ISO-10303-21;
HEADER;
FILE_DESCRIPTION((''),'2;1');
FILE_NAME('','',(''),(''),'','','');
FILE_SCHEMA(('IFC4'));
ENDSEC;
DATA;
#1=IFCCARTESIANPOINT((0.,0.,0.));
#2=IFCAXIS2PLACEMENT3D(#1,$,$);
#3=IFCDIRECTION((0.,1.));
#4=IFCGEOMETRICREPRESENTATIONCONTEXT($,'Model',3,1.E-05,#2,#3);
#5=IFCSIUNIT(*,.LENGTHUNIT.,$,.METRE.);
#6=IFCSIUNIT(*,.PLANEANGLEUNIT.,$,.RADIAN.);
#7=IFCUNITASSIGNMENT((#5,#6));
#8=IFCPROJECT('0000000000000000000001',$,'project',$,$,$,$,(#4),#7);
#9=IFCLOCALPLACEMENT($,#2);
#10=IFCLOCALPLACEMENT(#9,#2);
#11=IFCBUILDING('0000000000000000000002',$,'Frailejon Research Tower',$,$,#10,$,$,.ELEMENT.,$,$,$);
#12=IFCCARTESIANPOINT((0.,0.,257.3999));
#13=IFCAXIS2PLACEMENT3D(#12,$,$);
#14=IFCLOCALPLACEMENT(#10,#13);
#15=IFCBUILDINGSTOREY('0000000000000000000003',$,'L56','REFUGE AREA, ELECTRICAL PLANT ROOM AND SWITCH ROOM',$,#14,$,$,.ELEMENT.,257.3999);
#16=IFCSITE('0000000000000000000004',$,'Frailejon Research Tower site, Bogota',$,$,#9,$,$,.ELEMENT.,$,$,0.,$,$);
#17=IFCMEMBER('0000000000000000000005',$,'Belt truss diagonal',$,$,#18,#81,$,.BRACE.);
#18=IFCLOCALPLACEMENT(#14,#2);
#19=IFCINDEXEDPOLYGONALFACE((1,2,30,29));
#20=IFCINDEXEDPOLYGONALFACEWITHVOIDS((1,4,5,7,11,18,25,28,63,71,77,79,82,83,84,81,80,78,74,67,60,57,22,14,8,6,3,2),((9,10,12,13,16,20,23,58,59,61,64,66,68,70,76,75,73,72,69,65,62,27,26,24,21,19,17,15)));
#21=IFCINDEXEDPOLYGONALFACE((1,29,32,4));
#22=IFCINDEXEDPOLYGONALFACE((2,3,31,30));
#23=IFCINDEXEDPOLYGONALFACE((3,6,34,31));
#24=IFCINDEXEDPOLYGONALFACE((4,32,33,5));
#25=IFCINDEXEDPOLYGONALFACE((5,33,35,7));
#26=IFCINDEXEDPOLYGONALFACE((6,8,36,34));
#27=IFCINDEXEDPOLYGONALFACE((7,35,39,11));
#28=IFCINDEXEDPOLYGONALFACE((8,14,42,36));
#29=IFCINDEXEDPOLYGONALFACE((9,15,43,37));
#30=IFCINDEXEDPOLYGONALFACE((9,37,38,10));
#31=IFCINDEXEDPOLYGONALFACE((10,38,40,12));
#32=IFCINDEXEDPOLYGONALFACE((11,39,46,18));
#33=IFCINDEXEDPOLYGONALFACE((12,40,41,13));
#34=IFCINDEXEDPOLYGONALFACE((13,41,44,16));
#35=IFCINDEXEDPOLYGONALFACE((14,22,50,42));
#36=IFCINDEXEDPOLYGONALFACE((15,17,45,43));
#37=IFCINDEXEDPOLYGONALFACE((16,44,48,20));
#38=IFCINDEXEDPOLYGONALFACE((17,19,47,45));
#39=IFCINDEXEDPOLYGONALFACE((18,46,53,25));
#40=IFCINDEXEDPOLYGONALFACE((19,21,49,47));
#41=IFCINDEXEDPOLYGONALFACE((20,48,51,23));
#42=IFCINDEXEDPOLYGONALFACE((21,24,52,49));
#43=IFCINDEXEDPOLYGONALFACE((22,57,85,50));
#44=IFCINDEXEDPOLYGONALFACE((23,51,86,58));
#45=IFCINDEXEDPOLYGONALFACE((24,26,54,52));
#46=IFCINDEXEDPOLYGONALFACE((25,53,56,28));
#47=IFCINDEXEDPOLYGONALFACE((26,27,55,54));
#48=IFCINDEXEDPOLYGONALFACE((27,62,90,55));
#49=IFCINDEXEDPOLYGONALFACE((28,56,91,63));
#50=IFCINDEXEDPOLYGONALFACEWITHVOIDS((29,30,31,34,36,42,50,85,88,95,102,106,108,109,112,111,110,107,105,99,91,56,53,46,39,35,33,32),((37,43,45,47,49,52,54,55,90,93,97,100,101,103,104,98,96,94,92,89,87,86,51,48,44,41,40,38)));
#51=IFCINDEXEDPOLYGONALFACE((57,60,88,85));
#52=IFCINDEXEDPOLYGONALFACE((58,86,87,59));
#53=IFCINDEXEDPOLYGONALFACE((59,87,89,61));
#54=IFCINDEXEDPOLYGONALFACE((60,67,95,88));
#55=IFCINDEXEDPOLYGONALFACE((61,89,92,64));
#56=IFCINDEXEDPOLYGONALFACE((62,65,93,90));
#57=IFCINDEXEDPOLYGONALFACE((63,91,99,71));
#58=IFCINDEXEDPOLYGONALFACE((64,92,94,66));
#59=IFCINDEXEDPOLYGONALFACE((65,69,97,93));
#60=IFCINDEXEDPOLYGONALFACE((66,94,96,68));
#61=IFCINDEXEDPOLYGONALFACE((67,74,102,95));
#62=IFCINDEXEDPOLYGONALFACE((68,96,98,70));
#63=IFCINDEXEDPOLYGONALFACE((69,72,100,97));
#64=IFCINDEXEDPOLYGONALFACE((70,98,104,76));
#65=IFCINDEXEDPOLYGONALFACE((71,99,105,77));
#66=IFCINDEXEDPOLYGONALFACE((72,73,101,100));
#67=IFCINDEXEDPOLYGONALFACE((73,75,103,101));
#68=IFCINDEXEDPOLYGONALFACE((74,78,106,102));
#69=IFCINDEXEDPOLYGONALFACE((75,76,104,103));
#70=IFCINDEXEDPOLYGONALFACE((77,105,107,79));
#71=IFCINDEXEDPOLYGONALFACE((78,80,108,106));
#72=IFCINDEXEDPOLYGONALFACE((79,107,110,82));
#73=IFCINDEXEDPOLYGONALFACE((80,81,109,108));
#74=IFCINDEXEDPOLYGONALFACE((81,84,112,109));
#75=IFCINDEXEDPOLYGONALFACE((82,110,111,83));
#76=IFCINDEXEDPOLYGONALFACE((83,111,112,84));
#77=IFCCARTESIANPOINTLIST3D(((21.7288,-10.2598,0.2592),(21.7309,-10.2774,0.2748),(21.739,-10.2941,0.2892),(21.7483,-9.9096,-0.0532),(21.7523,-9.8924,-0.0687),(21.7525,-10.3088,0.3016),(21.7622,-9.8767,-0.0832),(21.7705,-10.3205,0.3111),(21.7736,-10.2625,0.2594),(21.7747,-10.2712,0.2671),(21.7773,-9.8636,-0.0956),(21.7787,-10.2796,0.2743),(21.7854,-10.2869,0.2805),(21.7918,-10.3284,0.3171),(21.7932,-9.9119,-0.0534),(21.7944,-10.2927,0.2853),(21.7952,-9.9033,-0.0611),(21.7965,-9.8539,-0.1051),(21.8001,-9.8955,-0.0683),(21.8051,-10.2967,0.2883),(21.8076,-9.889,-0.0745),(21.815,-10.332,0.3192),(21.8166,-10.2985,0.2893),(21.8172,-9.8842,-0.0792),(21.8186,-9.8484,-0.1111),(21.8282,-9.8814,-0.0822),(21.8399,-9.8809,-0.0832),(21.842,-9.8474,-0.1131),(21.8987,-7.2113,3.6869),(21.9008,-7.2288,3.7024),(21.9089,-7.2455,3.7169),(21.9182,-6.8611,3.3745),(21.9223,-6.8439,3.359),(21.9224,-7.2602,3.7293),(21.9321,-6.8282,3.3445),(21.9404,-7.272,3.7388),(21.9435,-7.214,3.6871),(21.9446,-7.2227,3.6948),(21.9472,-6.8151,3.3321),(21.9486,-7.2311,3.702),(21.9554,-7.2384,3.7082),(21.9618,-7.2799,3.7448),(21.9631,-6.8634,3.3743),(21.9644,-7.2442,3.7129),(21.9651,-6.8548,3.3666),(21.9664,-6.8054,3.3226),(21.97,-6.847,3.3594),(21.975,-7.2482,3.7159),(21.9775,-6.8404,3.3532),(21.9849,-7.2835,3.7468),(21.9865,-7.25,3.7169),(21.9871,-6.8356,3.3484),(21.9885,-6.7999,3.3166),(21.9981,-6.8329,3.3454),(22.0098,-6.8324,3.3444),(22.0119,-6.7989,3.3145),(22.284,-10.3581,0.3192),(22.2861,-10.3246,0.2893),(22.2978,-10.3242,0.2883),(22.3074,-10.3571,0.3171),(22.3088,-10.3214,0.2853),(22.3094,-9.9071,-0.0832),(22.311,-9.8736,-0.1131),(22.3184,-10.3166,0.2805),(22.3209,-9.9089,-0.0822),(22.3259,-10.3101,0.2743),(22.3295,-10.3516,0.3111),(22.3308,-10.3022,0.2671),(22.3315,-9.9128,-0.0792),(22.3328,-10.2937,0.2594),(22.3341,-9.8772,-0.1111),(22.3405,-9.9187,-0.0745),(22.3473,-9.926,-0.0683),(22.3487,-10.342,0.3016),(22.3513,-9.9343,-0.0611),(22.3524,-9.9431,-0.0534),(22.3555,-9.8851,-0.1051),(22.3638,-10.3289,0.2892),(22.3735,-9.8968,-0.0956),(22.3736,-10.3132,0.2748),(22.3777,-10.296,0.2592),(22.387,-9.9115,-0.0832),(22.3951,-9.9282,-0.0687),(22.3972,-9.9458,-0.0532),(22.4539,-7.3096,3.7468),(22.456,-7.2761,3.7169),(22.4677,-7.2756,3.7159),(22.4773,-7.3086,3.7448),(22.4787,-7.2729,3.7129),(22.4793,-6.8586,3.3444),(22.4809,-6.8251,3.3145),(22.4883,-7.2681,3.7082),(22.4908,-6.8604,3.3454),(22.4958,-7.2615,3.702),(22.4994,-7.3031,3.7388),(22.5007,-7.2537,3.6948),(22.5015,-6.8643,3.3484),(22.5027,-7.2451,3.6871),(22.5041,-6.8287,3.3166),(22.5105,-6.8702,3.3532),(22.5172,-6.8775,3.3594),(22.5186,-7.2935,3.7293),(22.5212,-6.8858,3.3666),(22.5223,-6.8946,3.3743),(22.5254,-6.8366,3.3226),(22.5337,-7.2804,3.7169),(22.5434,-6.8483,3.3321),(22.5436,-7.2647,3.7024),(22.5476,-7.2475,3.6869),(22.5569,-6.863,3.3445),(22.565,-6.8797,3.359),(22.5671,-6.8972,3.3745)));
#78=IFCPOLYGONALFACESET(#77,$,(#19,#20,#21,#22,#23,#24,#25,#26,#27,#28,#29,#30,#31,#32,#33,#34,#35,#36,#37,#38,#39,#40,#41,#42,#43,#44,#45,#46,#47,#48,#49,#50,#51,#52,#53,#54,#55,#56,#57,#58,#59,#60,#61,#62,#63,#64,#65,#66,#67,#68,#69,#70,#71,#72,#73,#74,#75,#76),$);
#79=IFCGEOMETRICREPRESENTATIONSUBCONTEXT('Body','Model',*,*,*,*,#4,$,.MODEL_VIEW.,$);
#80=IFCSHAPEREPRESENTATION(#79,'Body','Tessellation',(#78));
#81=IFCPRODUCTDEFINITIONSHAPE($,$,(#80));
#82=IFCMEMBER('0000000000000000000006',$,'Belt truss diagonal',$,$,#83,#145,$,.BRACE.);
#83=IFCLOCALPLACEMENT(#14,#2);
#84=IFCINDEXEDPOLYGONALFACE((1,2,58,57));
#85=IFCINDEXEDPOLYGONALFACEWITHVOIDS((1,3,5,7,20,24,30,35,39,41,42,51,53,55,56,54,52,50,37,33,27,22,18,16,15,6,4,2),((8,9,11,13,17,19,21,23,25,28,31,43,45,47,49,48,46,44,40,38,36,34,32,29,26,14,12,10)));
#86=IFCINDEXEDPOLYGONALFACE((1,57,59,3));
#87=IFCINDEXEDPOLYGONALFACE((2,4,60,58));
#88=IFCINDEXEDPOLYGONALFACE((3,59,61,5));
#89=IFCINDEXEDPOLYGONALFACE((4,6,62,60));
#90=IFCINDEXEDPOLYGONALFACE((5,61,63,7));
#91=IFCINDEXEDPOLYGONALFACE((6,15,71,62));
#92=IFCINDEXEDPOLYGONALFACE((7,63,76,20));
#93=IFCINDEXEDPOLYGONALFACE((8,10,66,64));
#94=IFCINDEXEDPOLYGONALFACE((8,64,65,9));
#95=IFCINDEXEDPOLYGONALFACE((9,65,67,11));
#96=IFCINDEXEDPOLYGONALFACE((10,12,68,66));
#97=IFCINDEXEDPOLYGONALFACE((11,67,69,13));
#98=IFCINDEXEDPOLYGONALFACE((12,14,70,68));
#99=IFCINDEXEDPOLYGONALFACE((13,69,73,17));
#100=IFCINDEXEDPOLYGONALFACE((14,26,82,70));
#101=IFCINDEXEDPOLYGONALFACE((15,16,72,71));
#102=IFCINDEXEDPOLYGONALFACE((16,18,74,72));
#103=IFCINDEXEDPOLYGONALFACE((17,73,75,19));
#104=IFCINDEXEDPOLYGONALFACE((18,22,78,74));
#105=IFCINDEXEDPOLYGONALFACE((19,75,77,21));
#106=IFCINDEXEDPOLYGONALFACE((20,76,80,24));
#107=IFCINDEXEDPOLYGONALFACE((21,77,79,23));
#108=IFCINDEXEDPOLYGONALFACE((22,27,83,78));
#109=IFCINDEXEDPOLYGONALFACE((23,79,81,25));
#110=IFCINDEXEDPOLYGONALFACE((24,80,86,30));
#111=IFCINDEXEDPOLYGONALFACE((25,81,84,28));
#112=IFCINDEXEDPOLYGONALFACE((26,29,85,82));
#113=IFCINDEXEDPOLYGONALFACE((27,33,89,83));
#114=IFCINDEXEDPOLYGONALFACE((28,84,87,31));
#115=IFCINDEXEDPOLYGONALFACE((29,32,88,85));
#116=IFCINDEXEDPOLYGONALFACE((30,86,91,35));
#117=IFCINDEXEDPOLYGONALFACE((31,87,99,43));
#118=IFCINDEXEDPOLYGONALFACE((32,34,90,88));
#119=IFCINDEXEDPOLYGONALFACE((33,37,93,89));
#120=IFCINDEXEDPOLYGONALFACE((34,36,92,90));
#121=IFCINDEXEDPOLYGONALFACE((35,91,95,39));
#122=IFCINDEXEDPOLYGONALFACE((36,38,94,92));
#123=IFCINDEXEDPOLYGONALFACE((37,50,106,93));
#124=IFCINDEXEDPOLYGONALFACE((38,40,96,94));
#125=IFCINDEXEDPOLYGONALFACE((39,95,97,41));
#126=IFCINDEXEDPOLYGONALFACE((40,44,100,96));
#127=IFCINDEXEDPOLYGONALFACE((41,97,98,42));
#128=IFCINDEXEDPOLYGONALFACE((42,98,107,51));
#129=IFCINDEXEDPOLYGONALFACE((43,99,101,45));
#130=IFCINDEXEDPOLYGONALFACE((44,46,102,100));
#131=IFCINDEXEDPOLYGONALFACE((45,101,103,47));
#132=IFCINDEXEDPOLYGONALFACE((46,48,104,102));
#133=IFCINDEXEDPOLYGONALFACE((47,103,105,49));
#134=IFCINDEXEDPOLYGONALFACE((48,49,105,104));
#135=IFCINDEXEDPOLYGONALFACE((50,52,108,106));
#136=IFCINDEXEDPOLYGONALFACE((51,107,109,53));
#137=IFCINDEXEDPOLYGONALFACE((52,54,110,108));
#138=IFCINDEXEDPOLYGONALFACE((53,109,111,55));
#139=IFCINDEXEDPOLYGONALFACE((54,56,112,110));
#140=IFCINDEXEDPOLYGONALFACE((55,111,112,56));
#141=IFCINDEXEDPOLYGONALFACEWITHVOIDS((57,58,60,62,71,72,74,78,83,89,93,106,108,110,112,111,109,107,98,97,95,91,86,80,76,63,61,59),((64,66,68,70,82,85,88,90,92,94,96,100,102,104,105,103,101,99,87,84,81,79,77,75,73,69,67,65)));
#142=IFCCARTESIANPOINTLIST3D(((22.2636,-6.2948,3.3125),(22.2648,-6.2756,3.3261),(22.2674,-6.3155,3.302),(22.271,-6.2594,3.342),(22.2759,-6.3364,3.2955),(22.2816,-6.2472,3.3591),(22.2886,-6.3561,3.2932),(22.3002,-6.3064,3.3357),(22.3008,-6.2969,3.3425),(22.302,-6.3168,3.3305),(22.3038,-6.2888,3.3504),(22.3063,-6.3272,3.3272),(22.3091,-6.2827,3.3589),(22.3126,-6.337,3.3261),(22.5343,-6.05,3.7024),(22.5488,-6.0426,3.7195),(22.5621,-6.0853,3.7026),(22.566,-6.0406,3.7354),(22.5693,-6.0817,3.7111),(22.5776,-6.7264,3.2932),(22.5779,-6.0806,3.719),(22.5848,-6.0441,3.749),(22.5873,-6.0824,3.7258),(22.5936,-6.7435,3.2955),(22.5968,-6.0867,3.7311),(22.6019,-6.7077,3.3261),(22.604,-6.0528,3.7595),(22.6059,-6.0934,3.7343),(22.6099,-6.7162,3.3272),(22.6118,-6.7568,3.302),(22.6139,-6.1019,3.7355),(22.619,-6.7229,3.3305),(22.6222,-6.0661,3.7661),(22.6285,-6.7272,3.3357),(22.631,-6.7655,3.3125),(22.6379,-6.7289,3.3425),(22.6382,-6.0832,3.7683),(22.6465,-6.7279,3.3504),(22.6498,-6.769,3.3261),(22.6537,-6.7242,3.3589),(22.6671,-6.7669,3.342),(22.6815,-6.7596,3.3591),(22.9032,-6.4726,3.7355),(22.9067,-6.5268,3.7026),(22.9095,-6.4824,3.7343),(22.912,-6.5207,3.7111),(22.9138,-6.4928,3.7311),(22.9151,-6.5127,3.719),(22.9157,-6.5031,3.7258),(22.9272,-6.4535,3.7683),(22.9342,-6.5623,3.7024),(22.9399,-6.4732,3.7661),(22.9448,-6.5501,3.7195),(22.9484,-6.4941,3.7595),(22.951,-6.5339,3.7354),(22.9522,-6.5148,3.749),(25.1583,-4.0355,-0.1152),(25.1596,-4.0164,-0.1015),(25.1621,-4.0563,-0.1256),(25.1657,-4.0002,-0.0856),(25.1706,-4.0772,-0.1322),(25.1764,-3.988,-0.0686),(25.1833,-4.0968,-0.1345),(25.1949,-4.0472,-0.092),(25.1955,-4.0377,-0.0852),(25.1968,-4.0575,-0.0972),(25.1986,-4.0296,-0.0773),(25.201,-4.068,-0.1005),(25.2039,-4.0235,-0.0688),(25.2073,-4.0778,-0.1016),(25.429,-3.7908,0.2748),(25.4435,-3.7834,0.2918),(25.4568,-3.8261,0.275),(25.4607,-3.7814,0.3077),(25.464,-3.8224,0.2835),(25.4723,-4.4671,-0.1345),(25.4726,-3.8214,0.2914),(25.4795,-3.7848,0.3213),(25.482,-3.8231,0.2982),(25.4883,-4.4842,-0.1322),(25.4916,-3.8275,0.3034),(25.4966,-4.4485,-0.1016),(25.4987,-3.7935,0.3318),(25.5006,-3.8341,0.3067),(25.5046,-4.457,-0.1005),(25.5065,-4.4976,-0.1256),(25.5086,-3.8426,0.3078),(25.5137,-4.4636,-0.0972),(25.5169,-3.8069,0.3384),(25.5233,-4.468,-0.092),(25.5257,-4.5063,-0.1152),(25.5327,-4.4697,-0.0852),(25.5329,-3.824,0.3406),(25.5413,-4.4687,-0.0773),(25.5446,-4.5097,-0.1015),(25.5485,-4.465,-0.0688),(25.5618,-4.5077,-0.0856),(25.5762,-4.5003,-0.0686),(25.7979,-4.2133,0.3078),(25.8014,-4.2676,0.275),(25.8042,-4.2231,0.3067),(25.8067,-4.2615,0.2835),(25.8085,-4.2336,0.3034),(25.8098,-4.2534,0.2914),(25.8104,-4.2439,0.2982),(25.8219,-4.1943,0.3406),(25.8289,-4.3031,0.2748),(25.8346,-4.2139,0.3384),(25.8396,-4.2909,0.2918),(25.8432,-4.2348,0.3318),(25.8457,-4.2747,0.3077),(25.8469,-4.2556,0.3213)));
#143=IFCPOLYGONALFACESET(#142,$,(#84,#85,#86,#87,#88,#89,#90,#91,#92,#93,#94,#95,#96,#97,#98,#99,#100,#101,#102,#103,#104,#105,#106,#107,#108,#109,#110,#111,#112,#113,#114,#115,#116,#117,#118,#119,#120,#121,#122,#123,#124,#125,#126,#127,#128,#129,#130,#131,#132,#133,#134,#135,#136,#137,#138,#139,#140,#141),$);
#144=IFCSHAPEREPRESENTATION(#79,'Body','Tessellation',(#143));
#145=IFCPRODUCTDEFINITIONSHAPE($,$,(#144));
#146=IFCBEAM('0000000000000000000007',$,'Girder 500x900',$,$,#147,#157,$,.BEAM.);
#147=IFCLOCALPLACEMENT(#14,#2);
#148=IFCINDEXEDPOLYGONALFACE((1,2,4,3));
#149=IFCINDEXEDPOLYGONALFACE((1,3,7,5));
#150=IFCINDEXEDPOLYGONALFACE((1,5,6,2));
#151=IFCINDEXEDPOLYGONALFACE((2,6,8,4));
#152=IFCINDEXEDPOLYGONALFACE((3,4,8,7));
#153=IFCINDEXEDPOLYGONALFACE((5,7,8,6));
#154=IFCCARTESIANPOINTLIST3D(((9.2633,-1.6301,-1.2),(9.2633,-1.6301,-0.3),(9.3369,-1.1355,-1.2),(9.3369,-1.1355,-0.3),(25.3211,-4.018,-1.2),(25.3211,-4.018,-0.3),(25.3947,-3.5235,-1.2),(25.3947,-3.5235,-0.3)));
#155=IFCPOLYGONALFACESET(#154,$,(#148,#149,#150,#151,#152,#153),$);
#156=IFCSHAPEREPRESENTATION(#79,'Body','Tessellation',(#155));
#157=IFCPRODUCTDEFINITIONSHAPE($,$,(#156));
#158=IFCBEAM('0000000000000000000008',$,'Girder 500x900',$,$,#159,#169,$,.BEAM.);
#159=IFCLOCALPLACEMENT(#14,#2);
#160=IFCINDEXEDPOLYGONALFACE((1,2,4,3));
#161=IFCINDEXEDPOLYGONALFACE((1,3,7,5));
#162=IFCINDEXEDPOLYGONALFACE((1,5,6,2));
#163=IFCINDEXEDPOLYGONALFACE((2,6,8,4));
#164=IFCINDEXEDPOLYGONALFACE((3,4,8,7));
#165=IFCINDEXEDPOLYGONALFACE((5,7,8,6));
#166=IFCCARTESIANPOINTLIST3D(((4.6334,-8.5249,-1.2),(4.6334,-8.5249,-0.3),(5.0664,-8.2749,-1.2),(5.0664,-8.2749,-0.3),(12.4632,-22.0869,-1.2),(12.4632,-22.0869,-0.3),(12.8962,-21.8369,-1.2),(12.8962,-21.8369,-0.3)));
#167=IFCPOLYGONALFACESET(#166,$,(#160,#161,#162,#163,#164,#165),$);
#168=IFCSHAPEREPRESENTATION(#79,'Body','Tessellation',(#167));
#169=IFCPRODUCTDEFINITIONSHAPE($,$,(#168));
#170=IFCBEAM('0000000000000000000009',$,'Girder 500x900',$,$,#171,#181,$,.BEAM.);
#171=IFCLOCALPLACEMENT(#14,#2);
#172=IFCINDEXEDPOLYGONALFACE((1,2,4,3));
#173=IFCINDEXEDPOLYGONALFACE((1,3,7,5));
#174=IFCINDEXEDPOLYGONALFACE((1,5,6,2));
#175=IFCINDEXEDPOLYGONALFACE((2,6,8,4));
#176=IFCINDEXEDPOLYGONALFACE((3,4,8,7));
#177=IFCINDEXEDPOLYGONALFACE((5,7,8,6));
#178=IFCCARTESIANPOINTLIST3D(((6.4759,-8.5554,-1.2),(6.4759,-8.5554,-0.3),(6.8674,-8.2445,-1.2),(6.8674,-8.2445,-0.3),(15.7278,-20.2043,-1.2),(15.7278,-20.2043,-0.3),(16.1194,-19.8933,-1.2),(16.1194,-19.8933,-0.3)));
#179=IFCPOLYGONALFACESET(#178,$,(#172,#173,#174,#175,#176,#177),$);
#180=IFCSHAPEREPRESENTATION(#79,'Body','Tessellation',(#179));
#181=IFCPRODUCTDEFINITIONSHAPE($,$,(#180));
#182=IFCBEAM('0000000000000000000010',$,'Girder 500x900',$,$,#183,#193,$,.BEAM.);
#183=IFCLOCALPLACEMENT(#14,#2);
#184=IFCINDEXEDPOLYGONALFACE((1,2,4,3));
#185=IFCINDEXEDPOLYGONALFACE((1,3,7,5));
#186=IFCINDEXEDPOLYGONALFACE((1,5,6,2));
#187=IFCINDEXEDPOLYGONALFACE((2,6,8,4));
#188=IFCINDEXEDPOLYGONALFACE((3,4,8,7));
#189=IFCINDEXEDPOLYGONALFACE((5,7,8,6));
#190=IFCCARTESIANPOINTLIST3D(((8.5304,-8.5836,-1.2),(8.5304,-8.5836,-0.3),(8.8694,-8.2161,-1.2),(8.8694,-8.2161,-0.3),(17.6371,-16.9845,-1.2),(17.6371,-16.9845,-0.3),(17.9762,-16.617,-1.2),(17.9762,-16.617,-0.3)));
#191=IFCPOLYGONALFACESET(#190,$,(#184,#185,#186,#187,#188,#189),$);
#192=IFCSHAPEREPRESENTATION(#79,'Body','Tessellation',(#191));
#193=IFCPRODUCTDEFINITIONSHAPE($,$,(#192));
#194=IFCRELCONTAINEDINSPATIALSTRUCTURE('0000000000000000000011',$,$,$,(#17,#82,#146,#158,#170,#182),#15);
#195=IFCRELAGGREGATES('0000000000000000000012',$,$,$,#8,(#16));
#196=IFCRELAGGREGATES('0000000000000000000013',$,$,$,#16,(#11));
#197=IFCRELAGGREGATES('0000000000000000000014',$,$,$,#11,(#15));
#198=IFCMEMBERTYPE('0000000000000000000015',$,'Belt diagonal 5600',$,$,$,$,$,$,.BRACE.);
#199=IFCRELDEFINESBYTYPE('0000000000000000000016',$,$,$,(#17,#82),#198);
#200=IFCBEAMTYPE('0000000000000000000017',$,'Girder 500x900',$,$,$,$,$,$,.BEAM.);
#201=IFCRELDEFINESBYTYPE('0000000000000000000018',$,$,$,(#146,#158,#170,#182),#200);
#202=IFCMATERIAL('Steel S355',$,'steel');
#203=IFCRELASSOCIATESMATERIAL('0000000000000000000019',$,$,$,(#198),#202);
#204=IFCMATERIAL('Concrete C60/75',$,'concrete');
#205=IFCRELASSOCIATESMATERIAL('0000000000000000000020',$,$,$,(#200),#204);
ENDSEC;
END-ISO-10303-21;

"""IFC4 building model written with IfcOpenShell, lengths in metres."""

from ifc_helpers import new_model, si_unit, direction, frame, origin, origin_2d, place, context, subcontext, project, spatial, rectangle, hollow_rectangle, extrude, material, material_profile, profile_set, type_object, element, save


model = new_model("IFC4")

# Units and contexts
model_context = context("Model", 3, precision=1e-05, world=origin(), true_north=direction((0.0, 1.0)))
body_context = subcontext(model_context, "Body", "Model", "MODEL_VIEW")
ifc_project = project(units=[si_unit("LENGTHUNIT", "METRE"), si_unit("PLANEANGLEUNIT", "RADIAN")], contexts=[model_context])

# Site, building, storey
site_placement = place(None, origin())
site = spatial("IfcSite", under=ifc_project, at=site_placement, Name="Frailejon Research Tower site, Bogota", CompositionType="ELEMENT", RefElevation=0.0)
building_placement = place(site_placement, origin())
building = spatial("IfcBuilding", under=site, at=building_placement, Name="Frailejon Research Tower", CompositionType="ELEMENT")
storey_placement = place(building_placement, frame((0.0, 0.0, 257.3999)))
storey = spatial("IfcBuildingStorey", under=building, at=storey_placement, Name="L56", Description="REFUGE AREA, ELECTRICAL PLANT ROOM AND SWITCH ROOM", CompositionType="ELEMENT", Elevation=257.3999)

# Members
ifc_material_1 = material(Name="Steel S355", Category="steel")
ifc_material_profile_1 = material_profile(ifc_material_1, hollow_rectangle(XDim=0.6499, YDim=0.6499, WallThickness=0.0449, InnerFilletRadius=0.0449, OuterFilletRadius=0.0901, at=origin_2d()), Name="Belt diagonal 5600")
ifc_profile_set_1 = profile_set([ifc_material_profile_1], Name="Steel S355")
member_type = type_object("IfcMemberType", Name="Belt diagonal 5600", PredefinedType="BRACE", material=ifc_profile_set_1)
member_1_placement = place(storey_placement, frame((22.063, -10.1028, 0.103), z_axis=(0.037017, 0.664116, 0.746712), x_axis=(-0.99845, 0.055652, 0.0)))
element("IfcMember", 1, at=member_1_placement, inside=storey, type_object=member_type, Name="Belt truss diagonal", PredefinedType="BRACE", context=body_context, shape_type="SweptSolid", body=[
    extrude(hollow_rectangle(XDim=0.6499, YDim=0.6499, WallThickness=0.0449, InnerFilletRadius=0.0449, OuterFilletRadius=0.0901, at=origin_2d()), origin(), (0.0, 0.0, 1.0), 4.5903),
])
member_2_placement = place(storey_placement, frame((22.6079, -6.4048, 3.5308), z_axis=(0.576271, 0.449761, -0.682369), x_axis=(-0.615261, 0.788324, 0.0)))
element("IfcMember", 2, at=member_2_placement, inside=storey, type_object=member_type, Name="Belt truss diagonal", PredefinedType="BRACE", context=body_context, shape_type="SweptSolid", body=[
    extrude(hollow_rectangle(XDim=0.6499, YDim=0.6499, WallThickness=0.0449, InnerFilletRadius=0.0449, OuterFilletRadius=0.0901, at=origin_2d()), origin(), (0.0, 0.0, 1.0), 5.0232),
])

# Beams
ifc_material_2 = material(Name="Concrete C60/75", Category="concrete")
ifc_material_profile_2 = material_profile(ifc_material_2, rectangle(XDim=0.5, YDim=0.8999, at=origin_2d()), Name="Girder 500x900")
ifc_profile_set_2 = profile_set([ifc_material_profile_2], Name="Concrete C60/75")
beam_type_1 = type_object("IfcBeamType", Name="Girder 500x900", PredefinedType="BEAM", material=ifc_profile_set_2)
beam_1_placement = place(storey_placement, frame((25.3579, -3.7708, -0.75), z_axis=(-0.989123, 0.147091, 0.0), x_axis=(-0.147091, -0.989123, 0.0)))
element("IfcBeam", 3, at=beam_1_placement, inside=storey, type_object=beam_type_1, Name="Girder 500x900", PredefinedType="BEAM", context=body_context, shape_type="SweptSolid", body=[
    extrude(rectangle(XDim=0.5, YDim=0.8999, at=origin_2d()), origin(), (0.0, 0.0, 1.0), 16.2344),
])
beam_2_placement = place(storey_placement, frame((12.6797, -21.9619, -0.75), z_axis=(-0.499991, 0.866031, 0.0), x_axis=(-0.866031, -0.499991, 0.0)))
element("IfcBeam", 4, at=beam_2_placement, inside=storey, type_object=beam_type_1, Name="Girder 500x900", PredefinedType="BEAM", context=body_context, shape_type="SweptSolid", body=[
    extrude(rectangle(XDim=0.5, YDim=0.8999, at=origin_2d()), origin(), (0.0, 0.0, 1.0), 15.6599),
])
beam_3_placement = place(storey_placement, frame((15.9236, -20.0488, -0.75), z_axis=(-0.621937, 0.783067, 0.0), x_axis=(-0.783067, -0.621937, 0.0)))
element("IfcBeam", 5, at=beam_3_placement, inside=storey, type_object=beam_type_1, Name="Girder 500x900", PredefinedType="BEAM", context=body_context, shape_type="SweptSolid", body=[
    extrude(rectangle(XDim=0.5, YDim=0.8999, at=origin_2d()), origin(), (0.0, 0.0, 1.0), 14.876),
])
beam_4_placement = place(storey_placement, frame((17.8066, -16.8008, -0.75), z_axis=(-0.735016, 0.678049, 0.0), x_axis=(-0.678049, -0.735016, 0.0)))
element("IfcBeam", 6, at=beam_4_placement, inside=storey, type_object=beam_type_1, Name="Girder 500x900", PredefinedType="BEAM", context=body_context, shape_type="SweptSolid", body=[
    extrude(rectangle(XDim=0.5, YDim=0.8999, at=origin_2d()), origin(), (0.0, 0.0, 1.0), 12.3899),
])

save(model, "model.ifc")
